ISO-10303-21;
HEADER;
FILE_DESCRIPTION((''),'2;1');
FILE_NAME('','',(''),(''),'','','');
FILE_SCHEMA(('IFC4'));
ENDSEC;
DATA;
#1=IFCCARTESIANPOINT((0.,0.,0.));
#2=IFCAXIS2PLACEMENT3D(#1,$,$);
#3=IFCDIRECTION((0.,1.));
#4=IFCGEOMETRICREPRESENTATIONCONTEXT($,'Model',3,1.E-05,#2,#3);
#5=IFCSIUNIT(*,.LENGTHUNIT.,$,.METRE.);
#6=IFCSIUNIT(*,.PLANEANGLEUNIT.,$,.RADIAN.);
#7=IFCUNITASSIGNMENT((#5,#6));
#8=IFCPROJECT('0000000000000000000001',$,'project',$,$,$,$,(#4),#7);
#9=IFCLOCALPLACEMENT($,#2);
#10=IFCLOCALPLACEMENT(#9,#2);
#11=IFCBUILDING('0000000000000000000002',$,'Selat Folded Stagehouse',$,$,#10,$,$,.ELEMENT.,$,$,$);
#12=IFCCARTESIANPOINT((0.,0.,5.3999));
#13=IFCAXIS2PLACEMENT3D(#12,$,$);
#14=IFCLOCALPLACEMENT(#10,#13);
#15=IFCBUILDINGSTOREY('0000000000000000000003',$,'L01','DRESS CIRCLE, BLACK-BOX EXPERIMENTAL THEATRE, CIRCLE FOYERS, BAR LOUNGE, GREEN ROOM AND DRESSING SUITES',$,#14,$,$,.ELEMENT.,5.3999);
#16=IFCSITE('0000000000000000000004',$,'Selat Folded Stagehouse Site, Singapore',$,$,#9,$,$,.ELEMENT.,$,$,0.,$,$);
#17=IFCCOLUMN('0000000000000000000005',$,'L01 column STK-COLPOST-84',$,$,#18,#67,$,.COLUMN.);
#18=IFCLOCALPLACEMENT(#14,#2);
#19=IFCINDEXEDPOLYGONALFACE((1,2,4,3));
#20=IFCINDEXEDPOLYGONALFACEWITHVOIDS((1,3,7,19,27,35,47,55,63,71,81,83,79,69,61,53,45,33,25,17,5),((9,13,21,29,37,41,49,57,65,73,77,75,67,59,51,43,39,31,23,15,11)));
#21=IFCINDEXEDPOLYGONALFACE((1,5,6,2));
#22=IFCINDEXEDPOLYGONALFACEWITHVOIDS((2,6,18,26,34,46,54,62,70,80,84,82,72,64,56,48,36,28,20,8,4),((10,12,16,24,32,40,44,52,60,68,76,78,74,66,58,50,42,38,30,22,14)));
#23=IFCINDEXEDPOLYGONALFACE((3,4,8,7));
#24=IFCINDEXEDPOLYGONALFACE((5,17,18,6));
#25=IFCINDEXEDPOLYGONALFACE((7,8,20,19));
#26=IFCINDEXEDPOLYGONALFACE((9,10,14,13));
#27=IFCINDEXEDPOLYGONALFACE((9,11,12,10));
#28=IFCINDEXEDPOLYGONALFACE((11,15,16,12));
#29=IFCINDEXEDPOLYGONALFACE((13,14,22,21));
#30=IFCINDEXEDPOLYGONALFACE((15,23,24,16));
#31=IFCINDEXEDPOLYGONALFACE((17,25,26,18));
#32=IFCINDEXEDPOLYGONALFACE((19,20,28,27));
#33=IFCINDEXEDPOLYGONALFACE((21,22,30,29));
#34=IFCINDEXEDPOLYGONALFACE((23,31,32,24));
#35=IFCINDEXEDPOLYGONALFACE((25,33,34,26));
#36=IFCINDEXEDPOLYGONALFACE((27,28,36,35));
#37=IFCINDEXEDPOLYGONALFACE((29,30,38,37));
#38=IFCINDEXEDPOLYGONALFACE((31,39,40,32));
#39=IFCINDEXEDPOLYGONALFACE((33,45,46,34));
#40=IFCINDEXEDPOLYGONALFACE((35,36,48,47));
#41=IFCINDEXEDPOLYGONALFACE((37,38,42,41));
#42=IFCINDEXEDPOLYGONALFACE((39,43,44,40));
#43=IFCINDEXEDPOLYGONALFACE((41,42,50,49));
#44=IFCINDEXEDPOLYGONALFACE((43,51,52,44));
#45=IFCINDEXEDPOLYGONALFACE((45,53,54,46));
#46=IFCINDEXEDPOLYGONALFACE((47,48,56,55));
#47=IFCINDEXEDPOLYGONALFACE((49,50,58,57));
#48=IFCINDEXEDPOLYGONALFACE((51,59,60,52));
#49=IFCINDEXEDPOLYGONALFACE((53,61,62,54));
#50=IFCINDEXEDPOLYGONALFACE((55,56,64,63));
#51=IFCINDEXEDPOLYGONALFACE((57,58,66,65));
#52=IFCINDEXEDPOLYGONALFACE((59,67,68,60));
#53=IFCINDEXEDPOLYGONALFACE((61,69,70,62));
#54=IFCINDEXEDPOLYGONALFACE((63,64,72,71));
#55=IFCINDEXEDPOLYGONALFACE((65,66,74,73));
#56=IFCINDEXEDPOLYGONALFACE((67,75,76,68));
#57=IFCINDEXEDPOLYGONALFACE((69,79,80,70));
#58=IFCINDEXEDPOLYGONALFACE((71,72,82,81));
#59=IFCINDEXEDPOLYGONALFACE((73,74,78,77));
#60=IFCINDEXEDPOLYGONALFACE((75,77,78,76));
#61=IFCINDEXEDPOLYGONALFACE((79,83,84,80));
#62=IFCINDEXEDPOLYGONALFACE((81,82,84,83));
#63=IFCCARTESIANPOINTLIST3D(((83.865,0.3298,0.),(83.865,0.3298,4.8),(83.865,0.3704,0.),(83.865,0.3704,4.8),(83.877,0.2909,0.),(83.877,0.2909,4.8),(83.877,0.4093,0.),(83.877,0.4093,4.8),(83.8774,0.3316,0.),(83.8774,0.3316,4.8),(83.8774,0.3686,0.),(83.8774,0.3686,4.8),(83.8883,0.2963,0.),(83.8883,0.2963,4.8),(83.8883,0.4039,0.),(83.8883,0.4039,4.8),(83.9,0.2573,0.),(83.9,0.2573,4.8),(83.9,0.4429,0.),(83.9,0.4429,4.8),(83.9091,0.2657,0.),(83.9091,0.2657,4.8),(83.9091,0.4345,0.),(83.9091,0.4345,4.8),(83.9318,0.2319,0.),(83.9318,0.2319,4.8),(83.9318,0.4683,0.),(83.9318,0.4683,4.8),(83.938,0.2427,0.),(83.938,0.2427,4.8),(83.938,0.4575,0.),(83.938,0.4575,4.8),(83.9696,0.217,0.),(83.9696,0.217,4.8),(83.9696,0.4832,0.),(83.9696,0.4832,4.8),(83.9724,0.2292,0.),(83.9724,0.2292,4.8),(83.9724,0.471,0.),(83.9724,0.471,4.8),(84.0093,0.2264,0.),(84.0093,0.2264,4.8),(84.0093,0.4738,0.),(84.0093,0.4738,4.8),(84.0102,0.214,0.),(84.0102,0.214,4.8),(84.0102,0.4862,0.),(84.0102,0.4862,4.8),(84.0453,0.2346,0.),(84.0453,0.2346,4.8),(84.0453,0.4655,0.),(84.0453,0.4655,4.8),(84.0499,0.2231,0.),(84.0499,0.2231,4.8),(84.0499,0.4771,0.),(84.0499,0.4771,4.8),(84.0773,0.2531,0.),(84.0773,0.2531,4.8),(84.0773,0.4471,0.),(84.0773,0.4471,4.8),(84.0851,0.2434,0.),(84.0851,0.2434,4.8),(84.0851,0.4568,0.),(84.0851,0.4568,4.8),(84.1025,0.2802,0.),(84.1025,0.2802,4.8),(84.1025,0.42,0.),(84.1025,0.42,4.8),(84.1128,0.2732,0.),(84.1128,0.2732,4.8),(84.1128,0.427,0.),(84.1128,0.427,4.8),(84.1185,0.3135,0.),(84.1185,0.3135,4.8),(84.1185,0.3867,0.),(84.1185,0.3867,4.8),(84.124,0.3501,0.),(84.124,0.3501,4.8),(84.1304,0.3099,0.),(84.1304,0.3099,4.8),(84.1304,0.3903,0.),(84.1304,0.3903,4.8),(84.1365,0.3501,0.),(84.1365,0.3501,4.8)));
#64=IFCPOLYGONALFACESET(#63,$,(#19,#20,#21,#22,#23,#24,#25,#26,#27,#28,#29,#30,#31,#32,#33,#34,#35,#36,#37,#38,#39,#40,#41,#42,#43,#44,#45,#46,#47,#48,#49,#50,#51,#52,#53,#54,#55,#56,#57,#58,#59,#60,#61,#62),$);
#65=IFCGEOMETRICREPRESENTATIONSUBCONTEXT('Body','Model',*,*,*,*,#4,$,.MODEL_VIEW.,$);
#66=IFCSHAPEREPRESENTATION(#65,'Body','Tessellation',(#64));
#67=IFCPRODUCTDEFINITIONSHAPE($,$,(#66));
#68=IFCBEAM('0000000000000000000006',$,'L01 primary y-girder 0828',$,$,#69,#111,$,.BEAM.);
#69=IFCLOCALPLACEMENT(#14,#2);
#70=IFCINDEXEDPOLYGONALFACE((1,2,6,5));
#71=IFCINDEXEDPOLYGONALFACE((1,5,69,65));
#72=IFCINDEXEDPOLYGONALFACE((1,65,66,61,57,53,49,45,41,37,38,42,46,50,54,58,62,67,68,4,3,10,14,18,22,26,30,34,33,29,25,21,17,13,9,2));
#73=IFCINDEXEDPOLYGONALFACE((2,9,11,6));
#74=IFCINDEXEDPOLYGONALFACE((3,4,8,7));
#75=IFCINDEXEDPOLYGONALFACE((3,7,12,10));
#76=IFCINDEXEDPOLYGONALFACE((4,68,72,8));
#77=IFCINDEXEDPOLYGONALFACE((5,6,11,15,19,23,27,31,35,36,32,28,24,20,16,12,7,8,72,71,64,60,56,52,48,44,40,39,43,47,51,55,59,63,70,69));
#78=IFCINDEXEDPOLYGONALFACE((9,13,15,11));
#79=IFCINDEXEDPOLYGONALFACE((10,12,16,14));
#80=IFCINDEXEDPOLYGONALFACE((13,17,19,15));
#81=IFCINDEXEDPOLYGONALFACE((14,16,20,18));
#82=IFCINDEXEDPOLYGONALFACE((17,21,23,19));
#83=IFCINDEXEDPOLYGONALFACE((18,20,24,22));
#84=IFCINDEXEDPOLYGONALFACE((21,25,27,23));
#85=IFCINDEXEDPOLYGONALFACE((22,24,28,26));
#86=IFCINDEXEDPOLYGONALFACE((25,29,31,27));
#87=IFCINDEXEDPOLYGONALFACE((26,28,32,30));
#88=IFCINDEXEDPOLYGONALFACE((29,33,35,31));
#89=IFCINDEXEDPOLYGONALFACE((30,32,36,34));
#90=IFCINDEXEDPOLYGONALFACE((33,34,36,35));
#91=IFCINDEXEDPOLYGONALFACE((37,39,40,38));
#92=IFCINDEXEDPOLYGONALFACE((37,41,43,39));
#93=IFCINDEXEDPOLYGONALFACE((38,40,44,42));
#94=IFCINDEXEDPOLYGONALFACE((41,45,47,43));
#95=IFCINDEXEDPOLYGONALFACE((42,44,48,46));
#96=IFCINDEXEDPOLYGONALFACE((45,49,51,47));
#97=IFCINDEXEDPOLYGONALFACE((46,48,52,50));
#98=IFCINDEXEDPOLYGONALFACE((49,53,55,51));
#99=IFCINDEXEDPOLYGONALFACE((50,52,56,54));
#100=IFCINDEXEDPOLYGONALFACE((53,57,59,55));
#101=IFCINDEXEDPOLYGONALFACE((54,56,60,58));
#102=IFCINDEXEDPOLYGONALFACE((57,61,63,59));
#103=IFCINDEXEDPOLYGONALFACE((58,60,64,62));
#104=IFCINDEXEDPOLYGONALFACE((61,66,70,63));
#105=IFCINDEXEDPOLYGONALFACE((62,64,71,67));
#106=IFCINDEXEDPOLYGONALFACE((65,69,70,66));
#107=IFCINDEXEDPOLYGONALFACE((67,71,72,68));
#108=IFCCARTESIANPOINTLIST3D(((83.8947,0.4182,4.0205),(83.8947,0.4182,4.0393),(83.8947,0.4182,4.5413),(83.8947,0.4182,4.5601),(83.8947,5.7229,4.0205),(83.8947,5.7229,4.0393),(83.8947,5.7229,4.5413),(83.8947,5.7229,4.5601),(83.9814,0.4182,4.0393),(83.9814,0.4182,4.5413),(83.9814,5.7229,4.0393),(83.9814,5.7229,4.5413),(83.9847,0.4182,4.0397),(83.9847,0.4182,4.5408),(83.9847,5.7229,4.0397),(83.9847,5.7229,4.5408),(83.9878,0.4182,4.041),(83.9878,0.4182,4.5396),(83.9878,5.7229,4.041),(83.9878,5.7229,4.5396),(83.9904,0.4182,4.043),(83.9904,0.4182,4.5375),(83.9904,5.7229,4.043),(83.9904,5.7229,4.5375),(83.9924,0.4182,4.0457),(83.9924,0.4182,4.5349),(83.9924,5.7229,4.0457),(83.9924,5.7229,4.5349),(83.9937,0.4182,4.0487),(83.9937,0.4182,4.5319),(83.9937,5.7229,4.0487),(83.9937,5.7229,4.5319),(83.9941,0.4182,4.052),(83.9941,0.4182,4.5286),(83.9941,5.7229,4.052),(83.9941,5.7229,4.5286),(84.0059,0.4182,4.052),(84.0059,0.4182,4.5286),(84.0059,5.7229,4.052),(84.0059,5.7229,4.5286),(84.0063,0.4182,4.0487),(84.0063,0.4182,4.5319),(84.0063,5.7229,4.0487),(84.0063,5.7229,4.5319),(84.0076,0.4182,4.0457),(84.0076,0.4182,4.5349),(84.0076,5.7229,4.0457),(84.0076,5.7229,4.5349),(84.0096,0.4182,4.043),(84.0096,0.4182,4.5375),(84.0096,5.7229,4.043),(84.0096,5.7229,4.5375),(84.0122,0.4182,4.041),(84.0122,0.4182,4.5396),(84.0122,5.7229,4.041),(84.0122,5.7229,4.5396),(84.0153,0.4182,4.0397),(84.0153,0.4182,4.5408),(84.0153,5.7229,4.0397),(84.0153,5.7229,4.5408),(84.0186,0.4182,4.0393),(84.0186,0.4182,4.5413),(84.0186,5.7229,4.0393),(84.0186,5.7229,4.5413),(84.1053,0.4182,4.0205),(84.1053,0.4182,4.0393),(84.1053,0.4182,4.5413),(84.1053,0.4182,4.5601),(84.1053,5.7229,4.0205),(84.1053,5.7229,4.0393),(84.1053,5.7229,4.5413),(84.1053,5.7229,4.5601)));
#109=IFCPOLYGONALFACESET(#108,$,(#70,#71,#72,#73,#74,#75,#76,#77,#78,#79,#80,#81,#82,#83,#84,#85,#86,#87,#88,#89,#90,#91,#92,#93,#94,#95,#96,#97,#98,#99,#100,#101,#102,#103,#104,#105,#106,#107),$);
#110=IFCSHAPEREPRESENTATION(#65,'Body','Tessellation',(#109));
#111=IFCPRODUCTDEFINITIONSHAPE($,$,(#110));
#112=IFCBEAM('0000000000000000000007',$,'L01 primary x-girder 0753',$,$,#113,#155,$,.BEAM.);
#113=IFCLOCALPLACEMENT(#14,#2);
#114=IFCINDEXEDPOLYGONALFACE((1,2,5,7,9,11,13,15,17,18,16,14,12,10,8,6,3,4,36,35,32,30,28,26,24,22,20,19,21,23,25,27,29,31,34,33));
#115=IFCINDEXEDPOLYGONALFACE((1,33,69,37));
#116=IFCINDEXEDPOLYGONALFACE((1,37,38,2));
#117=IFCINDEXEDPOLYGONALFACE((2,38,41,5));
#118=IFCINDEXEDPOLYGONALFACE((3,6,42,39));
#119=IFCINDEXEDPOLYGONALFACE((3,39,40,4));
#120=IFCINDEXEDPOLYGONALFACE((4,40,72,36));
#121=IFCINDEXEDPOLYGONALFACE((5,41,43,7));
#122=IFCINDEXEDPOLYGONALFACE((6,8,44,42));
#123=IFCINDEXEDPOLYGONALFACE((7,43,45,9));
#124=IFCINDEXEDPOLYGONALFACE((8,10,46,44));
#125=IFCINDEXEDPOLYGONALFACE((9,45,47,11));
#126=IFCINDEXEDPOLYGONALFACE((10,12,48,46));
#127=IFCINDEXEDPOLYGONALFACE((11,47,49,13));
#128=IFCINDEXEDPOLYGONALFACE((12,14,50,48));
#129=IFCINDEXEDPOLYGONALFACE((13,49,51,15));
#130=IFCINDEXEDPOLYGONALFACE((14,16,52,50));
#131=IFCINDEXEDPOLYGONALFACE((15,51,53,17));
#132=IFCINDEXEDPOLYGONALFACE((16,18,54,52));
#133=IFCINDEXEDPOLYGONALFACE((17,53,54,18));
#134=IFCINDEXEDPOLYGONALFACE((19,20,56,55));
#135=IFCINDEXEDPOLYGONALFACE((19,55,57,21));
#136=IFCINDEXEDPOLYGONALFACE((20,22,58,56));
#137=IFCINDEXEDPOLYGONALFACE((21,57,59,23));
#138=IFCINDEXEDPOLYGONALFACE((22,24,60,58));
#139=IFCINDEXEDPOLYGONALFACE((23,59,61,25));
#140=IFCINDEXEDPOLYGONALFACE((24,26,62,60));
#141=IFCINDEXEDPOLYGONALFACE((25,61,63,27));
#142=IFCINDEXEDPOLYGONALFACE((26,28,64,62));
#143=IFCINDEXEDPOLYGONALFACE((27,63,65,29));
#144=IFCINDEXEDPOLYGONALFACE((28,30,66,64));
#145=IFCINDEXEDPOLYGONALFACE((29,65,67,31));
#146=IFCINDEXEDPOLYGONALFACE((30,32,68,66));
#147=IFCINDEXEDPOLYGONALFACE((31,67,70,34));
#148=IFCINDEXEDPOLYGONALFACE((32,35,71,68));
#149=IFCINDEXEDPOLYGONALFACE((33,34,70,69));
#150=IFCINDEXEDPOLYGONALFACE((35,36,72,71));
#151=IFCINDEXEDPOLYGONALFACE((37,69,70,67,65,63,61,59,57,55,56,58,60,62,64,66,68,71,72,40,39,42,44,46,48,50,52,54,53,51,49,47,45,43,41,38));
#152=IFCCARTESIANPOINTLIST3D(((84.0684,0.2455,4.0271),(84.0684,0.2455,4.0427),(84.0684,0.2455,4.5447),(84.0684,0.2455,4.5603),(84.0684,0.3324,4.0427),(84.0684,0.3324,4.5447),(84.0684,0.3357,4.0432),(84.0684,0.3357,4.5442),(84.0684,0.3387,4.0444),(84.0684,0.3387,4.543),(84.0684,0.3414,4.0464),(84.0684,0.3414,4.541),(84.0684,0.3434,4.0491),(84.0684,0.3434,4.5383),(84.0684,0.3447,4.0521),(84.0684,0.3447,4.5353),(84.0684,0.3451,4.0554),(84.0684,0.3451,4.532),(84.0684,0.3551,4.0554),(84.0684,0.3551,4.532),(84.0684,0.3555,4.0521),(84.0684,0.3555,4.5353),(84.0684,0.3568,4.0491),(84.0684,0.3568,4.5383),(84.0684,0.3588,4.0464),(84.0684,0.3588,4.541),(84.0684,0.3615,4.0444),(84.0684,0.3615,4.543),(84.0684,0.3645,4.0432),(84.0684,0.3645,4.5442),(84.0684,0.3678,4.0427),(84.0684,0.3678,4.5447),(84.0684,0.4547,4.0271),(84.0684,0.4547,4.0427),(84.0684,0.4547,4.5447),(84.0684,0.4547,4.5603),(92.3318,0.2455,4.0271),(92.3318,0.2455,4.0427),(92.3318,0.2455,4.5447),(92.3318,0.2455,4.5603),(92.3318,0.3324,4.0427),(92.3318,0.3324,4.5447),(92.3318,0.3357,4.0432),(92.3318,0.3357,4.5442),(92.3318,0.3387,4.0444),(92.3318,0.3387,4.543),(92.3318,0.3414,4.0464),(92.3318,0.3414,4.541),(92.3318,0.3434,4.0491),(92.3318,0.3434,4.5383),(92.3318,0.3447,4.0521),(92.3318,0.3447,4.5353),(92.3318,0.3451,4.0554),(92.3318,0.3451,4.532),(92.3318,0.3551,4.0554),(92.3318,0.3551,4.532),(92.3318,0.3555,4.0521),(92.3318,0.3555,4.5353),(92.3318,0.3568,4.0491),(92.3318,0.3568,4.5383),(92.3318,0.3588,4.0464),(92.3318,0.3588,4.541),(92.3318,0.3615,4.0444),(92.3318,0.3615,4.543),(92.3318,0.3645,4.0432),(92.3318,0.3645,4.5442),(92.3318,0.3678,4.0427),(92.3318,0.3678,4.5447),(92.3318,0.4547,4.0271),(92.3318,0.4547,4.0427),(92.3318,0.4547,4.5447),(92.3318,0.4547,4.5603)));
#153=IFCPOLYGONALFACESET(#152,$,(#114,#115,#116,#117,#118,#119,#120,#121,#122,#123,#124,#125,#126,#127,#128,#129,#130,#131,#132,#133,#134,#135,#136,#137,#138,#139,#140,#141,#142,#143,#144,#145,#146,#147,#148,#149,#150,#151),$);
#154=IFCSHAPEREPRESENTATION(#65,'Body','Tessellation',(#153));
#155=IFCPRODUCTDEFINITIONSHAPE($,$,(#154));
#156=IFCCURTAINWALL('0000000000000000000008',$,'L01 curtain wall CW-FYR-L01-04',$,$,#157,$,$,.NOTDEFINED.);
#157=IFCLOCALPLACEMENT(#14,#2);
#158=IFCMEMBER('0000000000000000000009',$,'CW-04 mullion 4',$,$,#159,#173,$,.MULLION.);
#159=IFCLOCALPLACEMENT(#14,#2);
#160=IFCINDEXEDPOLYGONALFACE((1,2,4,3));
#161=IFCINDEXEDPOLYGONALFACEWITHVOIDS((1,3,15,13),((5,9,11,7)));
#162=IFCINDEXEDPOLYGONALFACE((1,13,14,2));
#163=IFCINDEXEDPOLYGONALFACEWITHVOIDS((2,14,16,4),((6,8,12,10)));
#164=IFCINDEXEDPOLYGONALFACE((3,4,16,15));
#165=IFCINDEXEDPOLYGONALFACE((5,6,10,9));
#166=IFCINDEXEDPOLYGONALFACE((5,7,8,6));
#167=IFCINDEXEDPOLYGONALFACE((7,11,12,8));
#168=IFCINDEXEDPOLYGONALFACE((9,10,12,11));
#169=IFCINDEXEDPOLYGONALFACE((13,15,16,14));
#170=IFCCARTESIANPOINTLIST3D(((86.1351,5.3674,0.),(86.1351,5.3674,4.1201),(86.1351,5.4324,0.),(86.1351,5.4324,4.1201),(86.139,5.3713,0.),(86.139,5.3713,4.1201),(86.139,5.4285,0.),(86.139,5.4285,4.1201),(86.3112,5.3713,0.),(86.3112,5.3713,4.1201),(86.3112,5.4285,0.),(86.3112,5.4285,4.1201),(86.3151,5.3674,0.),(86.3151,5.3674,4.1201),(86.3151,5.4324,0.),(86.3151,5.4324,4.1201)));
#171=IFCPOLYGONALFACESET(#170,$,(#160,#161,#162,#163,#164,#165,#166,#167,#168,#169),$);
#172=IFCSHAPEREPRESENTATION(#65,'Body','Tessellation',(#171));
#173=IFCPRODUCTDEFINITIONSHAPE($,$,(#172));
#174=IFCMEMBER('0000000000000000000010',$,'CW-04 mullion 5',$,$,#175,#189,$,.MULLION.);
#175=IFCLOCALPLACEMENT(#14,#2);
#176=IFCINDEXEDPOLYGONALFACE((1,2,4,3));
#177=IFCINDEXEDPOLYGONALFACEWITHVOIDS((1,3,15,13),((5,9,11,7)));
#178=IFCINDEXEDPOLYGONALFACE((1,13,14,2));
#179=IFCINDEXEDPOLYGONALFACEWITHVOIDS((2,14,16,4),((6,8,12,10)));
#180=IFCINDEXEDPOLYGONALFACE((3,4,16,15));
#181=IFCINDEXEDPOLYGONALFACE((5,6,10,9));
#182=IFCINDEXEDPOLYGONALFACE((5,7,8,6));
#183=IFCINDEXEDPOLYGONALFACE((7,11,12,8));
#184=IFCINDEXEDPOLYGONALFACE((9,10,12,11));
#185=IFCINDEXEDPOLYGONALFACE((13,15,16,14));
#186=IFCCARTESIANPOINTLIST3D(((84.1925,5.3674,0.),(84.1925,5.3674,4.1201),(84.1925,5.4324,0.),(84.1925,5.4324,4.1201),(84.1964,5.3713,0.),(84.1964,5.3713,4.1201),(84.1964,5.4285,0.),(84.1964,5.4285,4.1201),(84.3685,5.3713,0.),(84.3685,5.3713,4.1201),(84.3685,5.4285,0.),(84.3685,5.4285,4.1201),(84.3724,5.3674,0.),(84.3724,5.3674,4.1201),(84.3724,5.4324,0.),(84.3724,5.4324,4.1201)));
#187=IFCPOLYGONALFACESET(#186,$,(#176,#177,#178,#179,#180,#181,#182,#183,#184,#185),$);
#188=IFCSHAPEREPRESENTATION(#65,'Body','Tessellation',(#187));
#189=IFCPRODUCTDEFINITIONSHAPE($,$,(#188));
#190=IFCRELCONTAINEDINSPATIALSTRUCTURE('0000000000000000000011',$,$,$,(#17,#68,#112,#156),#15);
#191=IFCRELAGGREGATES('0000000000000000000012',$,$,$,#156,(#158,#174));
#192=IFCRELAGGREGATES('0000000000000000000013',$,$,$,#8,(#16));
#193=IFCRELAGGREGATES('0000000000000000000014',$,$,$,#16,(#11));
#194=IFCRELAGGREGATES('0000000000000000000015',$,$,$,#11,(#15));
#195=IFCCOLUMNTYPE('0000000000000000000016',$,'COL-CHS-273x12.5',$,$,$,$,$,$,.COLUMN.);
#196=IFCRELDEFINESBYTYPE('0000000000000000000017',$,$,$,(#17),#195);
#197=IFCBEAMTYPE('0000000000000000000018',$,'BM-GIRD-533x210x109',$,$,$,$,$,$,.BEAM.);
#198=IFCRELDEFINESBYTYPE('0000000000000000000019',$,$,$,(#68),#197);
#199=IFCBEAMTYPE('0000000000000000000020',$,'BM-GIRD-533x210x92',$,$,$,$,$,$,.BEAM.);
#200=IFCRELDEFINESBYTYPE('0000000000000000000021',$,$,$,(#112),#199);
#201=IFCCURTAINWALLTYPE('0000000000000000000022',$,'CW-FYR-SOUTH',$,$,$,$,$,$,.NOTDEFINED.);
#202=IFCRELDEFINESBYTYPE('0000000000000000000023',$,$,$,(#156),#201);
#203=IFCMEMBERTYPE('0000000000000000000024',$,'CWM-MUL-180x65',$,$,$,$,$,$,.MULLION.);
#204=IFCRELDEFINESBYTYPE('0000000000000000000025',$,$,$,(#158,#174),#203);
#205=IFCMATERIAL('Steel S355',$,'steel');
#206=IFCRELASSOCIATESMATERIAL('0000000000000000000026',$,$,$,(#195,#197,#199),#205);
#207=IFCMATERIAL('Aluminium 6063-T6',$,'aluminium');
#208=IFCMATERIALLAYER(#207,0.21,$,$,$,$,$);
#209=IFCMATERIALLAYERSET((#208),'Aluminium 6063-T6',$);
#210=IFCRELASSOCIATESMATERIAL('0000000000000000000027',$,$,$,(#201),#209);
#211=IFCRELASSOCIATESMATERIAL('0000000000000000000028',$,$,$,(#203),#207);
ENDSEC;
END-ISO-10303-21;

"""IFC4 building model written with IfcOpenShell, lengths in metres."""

from ifc_helpers import new_model, si_unit, direction, frame, origin, origin_2d, place, context, subcontext, project, spatial, hollow_rectangle, hollow_circle, i_section, extrude, material, layer, layer_set, material_profile, profile_set, type_object, element, aggregate, save


model = new_model("IFC4")

# Units and contexts
model_context = context("Model", 3, precision=1e-05, world=origin(), true_north=direction((0.0, 1.0)))
body_context = subcontext(model_context, "Body", "Model", "MODEL_VIEW")
ifc_project = project(units=[si_unit("LENGTHUNIT", "METRE"), si_unit("PLANEANGLEUNIT", "RADIAN")], contexts=[model_context])

# Site, building, storey
site_placement = place(None, origin())
site = spatial("IfcSite", under=ifc_project, at=site_placement, Name="Selat Folded Stagehouse Site, Singapore", CompositionType="ELEMENT", RefElevation=0.0)
building_placement = place(site_placement, origin())
building = spatial("IfcBuilding", under=site, at=building_placement, Name="Selat Folded Stagehouse", CompositionType="ELEMENT")
storey_placement = place(building_placement, frame((0.0, 0.0, 5.3999)))
storey = spatial("IfcBuildingStorey", under=building, at=storey_placement, Name="L01", Description="DRESS CIRCLE, BLACK-BOX EXPERIMENTAL THEATRE, CIRCLE FOYERS, BAR LOUNGE, GREEN ROOM AND DRESSING SUITES", CompositionType="ELEMENT", Elevation=5.3999)

# Column
ifc_material_1 = material(Name="Steel S355", Category="steel")
ifc_material_profile_1 = material_profile(ifc_material_1, hollow_circle(Radius=0.1365, WallThickness=0.0125, at=origin_2d()), Name="CHS 273.0x12.5")
ifc_profile_set_1 = profile_set([ifc_material_profile_1], Name="Steel S355")
column_type = type_object("IfcColumnType", Name="COL-CHS-273x12.5", PredefinedType="COLUMN", material=ifc_profile_set_1)
column_placement = place(storey_placement, frame((84.0, 0.3501, 0.0), z_axis=(0.0, 0.0, 1.0), x_axis=(1.0, 0.0, 0.0)))
element("IfcColumn", 1, at=column_placement, inside=storey, type_object=column_type, Name="L01 column STK-COLPOST-84", PredefinedType="COLUMN", context=body_context, shape_type="SweptSolid", body=[
    extrude(hollow_circle(Radius=0.1365, WallThickness=0.0125, at=origin_2d()), origin(), (0.0, 0.0, 1.0), 4.8),
])

# Beams
ifc_material_profile_2 = material_profile(ifc_material_1, i_section(OverallWidth=0.2107, OverallDepth=0.5396, WebThickness=0.0117, FlangeThickness=0.0188, FilletRadius=0.0127, at=origin_2d()), Name="UKB 533x210x109")
ifc_profile_set_2 = profile_set([ifc_material_profile_2], Name="Steel S355")
beam_type_1 = type_object("IfcBeamType", Name="BM-GIRD-533x210x109", PredefinedType="BEAM", material=ifc_profile_set_2)
beam_1_placement = place(storey_placement, frame((84.0, 0.4182, 4.2903), z_axis=(0.0, 1.0, 0.0), x_axis=(-1.0, 0.0, 0.0)))
element("IfcBeam", 2, at=beam_1_placement, inside=storey, type_object=beam_type_1, Name="L01 primary y-girder 0828", PredefinedType="BEAM", context=body_context, shape_type="SweptSolid", body=[
    extrude(i_section(OverallWidth=0.2107, OverallDepth=0.5396, WebThickness=0.0117, FlangeThickness=0.0188, FilletRadius=0.0127, at=origin_2d()), origin(), (0.0, 0.0, 1.0), 5.3047),
])
ifc_material_profile_3 = material_profile(ifc_material_1, i_section(OverallWidth=0.2092, OverallDepth=0.5332, WebThickness=0.01, FlangeThickness=0.0156, FilletRadius=0.0127, at=origin_2d()), Name="UKB 533x210x92")
ifc_profile_set_3 = profile_set([ifc_material_profile_3], Name="Steel S355")
beam_type_2 = type_object("IfcBeamType", Name="BM-GIRD-533x210x92", PredefinedType="BEAM", material=ifc_profile_set_3)
beam_2_placement = place(storey_placement, frame((84.0684, 0.3501, 4.2937), z_axis=(1.0, 0.0, 0.0), x_axis=(0.0, 1.0, 0.0)))
element("IfcBeam", 3, at=beam_2_placement, inside=storey, type_object=beam_type_2, Name="L01 primary x-girder 0753", PredefinedType="BEAM", context=body_context, shape_type="SweptSolid", body=[
    extrude(i_section(OverallWidth=0.2092, OverallDepth=0.5332, WebThickness=0.01, FlangeThickness=0.0156, FilletRadius=0.0127, at=origin_2d()), origin(), (0.0, 0.0, 1.0), 8.2634),
])

# Curtain wall, members
ifc_material_2 = material(Name="Aluminium 6063-T6", Category="aluminium")
ifc_layer_1 = layer(ifc_material_2, 0.21)
ifc_layer_set_1 = layer_set([ifc_layer_1], Name="Aluminium 6063-T6")
curtain_wall_type = type_object("IfcCurtainWallType", Name="CW-FYR-SOUTH", PredefinedType="NOTDEFINED", material=ifc_layer_set_1)
curtain_wall_placement = place(storey_placement, origin())
curtain_wall = element("IfcCurtainWall", 4, at=curtain_wall_placement, inside=storey, type_object=curtain_wall_type, Name="L01 curtain wall CW-FYR-L01-04", PredefinedType="NOTDEFINED")
ifc_material_profile_4 = material_profile(ifc_material_2, hollow_rectangle(XDim=0.0649, YDim=0.1799, WallThickness=0.0039, at=origin_2d()), Name="ALU 180x65x4.0")
ifc_profile_set_4 = profile_set([ifc_material_profile_4], Name="Aluminium 6063-T6")
member_type_1 = type_object("IfcMemberType", Name="CWM-MUL-180x65", PredefinedType="MULLION", material=ifc_profile_set_4)
member_1_placement = place(storey_placement, frame((86.2251, 5.3999, 0.0), z_axis=(0.0, 0.0, 1.0), x_axis=(0.0, -1.0, 0.0)))
member_1 = element("IfcMember", 5, at=member_1_placement, type_object=member_type_1, Name="CW-04 mullion 4", PredefinedType="MULLION", context=body_context, shape_type="SweptSolid", body=[
    extrude(hollow_rectangle(XDim=0.0649, YDim=0.1799, WallThickness=0.0039, at=origin_2d()), origin(), (0.0, 0.0, 1.0), 4.1201),
])
member_2_placement = place(storey_placement, frame((84.2825, 5.3999, 0.0), z_axis=(0.0, 0.0, 1.0), x_axis=(0.0, -1.0, 0.0)))
member_2 = element("IfcMember", 6, at=member_2_placement, type_object=member_type_1, Name="CW-04 mullion 5", PredefinedType="MULLION", context=body_context, shape_type="SweptSolid", body=[
    extrude(hollow_rectangle(XDim=0.0649, YDim=0.1799, WallThickness=0.0039, at=origin_2d()), origin(), (0.0, 0.0, 1.0), 4.1201),
])

aggregate(curtain_wall, [member_1, member_2])

save(model, "model.ifc")
